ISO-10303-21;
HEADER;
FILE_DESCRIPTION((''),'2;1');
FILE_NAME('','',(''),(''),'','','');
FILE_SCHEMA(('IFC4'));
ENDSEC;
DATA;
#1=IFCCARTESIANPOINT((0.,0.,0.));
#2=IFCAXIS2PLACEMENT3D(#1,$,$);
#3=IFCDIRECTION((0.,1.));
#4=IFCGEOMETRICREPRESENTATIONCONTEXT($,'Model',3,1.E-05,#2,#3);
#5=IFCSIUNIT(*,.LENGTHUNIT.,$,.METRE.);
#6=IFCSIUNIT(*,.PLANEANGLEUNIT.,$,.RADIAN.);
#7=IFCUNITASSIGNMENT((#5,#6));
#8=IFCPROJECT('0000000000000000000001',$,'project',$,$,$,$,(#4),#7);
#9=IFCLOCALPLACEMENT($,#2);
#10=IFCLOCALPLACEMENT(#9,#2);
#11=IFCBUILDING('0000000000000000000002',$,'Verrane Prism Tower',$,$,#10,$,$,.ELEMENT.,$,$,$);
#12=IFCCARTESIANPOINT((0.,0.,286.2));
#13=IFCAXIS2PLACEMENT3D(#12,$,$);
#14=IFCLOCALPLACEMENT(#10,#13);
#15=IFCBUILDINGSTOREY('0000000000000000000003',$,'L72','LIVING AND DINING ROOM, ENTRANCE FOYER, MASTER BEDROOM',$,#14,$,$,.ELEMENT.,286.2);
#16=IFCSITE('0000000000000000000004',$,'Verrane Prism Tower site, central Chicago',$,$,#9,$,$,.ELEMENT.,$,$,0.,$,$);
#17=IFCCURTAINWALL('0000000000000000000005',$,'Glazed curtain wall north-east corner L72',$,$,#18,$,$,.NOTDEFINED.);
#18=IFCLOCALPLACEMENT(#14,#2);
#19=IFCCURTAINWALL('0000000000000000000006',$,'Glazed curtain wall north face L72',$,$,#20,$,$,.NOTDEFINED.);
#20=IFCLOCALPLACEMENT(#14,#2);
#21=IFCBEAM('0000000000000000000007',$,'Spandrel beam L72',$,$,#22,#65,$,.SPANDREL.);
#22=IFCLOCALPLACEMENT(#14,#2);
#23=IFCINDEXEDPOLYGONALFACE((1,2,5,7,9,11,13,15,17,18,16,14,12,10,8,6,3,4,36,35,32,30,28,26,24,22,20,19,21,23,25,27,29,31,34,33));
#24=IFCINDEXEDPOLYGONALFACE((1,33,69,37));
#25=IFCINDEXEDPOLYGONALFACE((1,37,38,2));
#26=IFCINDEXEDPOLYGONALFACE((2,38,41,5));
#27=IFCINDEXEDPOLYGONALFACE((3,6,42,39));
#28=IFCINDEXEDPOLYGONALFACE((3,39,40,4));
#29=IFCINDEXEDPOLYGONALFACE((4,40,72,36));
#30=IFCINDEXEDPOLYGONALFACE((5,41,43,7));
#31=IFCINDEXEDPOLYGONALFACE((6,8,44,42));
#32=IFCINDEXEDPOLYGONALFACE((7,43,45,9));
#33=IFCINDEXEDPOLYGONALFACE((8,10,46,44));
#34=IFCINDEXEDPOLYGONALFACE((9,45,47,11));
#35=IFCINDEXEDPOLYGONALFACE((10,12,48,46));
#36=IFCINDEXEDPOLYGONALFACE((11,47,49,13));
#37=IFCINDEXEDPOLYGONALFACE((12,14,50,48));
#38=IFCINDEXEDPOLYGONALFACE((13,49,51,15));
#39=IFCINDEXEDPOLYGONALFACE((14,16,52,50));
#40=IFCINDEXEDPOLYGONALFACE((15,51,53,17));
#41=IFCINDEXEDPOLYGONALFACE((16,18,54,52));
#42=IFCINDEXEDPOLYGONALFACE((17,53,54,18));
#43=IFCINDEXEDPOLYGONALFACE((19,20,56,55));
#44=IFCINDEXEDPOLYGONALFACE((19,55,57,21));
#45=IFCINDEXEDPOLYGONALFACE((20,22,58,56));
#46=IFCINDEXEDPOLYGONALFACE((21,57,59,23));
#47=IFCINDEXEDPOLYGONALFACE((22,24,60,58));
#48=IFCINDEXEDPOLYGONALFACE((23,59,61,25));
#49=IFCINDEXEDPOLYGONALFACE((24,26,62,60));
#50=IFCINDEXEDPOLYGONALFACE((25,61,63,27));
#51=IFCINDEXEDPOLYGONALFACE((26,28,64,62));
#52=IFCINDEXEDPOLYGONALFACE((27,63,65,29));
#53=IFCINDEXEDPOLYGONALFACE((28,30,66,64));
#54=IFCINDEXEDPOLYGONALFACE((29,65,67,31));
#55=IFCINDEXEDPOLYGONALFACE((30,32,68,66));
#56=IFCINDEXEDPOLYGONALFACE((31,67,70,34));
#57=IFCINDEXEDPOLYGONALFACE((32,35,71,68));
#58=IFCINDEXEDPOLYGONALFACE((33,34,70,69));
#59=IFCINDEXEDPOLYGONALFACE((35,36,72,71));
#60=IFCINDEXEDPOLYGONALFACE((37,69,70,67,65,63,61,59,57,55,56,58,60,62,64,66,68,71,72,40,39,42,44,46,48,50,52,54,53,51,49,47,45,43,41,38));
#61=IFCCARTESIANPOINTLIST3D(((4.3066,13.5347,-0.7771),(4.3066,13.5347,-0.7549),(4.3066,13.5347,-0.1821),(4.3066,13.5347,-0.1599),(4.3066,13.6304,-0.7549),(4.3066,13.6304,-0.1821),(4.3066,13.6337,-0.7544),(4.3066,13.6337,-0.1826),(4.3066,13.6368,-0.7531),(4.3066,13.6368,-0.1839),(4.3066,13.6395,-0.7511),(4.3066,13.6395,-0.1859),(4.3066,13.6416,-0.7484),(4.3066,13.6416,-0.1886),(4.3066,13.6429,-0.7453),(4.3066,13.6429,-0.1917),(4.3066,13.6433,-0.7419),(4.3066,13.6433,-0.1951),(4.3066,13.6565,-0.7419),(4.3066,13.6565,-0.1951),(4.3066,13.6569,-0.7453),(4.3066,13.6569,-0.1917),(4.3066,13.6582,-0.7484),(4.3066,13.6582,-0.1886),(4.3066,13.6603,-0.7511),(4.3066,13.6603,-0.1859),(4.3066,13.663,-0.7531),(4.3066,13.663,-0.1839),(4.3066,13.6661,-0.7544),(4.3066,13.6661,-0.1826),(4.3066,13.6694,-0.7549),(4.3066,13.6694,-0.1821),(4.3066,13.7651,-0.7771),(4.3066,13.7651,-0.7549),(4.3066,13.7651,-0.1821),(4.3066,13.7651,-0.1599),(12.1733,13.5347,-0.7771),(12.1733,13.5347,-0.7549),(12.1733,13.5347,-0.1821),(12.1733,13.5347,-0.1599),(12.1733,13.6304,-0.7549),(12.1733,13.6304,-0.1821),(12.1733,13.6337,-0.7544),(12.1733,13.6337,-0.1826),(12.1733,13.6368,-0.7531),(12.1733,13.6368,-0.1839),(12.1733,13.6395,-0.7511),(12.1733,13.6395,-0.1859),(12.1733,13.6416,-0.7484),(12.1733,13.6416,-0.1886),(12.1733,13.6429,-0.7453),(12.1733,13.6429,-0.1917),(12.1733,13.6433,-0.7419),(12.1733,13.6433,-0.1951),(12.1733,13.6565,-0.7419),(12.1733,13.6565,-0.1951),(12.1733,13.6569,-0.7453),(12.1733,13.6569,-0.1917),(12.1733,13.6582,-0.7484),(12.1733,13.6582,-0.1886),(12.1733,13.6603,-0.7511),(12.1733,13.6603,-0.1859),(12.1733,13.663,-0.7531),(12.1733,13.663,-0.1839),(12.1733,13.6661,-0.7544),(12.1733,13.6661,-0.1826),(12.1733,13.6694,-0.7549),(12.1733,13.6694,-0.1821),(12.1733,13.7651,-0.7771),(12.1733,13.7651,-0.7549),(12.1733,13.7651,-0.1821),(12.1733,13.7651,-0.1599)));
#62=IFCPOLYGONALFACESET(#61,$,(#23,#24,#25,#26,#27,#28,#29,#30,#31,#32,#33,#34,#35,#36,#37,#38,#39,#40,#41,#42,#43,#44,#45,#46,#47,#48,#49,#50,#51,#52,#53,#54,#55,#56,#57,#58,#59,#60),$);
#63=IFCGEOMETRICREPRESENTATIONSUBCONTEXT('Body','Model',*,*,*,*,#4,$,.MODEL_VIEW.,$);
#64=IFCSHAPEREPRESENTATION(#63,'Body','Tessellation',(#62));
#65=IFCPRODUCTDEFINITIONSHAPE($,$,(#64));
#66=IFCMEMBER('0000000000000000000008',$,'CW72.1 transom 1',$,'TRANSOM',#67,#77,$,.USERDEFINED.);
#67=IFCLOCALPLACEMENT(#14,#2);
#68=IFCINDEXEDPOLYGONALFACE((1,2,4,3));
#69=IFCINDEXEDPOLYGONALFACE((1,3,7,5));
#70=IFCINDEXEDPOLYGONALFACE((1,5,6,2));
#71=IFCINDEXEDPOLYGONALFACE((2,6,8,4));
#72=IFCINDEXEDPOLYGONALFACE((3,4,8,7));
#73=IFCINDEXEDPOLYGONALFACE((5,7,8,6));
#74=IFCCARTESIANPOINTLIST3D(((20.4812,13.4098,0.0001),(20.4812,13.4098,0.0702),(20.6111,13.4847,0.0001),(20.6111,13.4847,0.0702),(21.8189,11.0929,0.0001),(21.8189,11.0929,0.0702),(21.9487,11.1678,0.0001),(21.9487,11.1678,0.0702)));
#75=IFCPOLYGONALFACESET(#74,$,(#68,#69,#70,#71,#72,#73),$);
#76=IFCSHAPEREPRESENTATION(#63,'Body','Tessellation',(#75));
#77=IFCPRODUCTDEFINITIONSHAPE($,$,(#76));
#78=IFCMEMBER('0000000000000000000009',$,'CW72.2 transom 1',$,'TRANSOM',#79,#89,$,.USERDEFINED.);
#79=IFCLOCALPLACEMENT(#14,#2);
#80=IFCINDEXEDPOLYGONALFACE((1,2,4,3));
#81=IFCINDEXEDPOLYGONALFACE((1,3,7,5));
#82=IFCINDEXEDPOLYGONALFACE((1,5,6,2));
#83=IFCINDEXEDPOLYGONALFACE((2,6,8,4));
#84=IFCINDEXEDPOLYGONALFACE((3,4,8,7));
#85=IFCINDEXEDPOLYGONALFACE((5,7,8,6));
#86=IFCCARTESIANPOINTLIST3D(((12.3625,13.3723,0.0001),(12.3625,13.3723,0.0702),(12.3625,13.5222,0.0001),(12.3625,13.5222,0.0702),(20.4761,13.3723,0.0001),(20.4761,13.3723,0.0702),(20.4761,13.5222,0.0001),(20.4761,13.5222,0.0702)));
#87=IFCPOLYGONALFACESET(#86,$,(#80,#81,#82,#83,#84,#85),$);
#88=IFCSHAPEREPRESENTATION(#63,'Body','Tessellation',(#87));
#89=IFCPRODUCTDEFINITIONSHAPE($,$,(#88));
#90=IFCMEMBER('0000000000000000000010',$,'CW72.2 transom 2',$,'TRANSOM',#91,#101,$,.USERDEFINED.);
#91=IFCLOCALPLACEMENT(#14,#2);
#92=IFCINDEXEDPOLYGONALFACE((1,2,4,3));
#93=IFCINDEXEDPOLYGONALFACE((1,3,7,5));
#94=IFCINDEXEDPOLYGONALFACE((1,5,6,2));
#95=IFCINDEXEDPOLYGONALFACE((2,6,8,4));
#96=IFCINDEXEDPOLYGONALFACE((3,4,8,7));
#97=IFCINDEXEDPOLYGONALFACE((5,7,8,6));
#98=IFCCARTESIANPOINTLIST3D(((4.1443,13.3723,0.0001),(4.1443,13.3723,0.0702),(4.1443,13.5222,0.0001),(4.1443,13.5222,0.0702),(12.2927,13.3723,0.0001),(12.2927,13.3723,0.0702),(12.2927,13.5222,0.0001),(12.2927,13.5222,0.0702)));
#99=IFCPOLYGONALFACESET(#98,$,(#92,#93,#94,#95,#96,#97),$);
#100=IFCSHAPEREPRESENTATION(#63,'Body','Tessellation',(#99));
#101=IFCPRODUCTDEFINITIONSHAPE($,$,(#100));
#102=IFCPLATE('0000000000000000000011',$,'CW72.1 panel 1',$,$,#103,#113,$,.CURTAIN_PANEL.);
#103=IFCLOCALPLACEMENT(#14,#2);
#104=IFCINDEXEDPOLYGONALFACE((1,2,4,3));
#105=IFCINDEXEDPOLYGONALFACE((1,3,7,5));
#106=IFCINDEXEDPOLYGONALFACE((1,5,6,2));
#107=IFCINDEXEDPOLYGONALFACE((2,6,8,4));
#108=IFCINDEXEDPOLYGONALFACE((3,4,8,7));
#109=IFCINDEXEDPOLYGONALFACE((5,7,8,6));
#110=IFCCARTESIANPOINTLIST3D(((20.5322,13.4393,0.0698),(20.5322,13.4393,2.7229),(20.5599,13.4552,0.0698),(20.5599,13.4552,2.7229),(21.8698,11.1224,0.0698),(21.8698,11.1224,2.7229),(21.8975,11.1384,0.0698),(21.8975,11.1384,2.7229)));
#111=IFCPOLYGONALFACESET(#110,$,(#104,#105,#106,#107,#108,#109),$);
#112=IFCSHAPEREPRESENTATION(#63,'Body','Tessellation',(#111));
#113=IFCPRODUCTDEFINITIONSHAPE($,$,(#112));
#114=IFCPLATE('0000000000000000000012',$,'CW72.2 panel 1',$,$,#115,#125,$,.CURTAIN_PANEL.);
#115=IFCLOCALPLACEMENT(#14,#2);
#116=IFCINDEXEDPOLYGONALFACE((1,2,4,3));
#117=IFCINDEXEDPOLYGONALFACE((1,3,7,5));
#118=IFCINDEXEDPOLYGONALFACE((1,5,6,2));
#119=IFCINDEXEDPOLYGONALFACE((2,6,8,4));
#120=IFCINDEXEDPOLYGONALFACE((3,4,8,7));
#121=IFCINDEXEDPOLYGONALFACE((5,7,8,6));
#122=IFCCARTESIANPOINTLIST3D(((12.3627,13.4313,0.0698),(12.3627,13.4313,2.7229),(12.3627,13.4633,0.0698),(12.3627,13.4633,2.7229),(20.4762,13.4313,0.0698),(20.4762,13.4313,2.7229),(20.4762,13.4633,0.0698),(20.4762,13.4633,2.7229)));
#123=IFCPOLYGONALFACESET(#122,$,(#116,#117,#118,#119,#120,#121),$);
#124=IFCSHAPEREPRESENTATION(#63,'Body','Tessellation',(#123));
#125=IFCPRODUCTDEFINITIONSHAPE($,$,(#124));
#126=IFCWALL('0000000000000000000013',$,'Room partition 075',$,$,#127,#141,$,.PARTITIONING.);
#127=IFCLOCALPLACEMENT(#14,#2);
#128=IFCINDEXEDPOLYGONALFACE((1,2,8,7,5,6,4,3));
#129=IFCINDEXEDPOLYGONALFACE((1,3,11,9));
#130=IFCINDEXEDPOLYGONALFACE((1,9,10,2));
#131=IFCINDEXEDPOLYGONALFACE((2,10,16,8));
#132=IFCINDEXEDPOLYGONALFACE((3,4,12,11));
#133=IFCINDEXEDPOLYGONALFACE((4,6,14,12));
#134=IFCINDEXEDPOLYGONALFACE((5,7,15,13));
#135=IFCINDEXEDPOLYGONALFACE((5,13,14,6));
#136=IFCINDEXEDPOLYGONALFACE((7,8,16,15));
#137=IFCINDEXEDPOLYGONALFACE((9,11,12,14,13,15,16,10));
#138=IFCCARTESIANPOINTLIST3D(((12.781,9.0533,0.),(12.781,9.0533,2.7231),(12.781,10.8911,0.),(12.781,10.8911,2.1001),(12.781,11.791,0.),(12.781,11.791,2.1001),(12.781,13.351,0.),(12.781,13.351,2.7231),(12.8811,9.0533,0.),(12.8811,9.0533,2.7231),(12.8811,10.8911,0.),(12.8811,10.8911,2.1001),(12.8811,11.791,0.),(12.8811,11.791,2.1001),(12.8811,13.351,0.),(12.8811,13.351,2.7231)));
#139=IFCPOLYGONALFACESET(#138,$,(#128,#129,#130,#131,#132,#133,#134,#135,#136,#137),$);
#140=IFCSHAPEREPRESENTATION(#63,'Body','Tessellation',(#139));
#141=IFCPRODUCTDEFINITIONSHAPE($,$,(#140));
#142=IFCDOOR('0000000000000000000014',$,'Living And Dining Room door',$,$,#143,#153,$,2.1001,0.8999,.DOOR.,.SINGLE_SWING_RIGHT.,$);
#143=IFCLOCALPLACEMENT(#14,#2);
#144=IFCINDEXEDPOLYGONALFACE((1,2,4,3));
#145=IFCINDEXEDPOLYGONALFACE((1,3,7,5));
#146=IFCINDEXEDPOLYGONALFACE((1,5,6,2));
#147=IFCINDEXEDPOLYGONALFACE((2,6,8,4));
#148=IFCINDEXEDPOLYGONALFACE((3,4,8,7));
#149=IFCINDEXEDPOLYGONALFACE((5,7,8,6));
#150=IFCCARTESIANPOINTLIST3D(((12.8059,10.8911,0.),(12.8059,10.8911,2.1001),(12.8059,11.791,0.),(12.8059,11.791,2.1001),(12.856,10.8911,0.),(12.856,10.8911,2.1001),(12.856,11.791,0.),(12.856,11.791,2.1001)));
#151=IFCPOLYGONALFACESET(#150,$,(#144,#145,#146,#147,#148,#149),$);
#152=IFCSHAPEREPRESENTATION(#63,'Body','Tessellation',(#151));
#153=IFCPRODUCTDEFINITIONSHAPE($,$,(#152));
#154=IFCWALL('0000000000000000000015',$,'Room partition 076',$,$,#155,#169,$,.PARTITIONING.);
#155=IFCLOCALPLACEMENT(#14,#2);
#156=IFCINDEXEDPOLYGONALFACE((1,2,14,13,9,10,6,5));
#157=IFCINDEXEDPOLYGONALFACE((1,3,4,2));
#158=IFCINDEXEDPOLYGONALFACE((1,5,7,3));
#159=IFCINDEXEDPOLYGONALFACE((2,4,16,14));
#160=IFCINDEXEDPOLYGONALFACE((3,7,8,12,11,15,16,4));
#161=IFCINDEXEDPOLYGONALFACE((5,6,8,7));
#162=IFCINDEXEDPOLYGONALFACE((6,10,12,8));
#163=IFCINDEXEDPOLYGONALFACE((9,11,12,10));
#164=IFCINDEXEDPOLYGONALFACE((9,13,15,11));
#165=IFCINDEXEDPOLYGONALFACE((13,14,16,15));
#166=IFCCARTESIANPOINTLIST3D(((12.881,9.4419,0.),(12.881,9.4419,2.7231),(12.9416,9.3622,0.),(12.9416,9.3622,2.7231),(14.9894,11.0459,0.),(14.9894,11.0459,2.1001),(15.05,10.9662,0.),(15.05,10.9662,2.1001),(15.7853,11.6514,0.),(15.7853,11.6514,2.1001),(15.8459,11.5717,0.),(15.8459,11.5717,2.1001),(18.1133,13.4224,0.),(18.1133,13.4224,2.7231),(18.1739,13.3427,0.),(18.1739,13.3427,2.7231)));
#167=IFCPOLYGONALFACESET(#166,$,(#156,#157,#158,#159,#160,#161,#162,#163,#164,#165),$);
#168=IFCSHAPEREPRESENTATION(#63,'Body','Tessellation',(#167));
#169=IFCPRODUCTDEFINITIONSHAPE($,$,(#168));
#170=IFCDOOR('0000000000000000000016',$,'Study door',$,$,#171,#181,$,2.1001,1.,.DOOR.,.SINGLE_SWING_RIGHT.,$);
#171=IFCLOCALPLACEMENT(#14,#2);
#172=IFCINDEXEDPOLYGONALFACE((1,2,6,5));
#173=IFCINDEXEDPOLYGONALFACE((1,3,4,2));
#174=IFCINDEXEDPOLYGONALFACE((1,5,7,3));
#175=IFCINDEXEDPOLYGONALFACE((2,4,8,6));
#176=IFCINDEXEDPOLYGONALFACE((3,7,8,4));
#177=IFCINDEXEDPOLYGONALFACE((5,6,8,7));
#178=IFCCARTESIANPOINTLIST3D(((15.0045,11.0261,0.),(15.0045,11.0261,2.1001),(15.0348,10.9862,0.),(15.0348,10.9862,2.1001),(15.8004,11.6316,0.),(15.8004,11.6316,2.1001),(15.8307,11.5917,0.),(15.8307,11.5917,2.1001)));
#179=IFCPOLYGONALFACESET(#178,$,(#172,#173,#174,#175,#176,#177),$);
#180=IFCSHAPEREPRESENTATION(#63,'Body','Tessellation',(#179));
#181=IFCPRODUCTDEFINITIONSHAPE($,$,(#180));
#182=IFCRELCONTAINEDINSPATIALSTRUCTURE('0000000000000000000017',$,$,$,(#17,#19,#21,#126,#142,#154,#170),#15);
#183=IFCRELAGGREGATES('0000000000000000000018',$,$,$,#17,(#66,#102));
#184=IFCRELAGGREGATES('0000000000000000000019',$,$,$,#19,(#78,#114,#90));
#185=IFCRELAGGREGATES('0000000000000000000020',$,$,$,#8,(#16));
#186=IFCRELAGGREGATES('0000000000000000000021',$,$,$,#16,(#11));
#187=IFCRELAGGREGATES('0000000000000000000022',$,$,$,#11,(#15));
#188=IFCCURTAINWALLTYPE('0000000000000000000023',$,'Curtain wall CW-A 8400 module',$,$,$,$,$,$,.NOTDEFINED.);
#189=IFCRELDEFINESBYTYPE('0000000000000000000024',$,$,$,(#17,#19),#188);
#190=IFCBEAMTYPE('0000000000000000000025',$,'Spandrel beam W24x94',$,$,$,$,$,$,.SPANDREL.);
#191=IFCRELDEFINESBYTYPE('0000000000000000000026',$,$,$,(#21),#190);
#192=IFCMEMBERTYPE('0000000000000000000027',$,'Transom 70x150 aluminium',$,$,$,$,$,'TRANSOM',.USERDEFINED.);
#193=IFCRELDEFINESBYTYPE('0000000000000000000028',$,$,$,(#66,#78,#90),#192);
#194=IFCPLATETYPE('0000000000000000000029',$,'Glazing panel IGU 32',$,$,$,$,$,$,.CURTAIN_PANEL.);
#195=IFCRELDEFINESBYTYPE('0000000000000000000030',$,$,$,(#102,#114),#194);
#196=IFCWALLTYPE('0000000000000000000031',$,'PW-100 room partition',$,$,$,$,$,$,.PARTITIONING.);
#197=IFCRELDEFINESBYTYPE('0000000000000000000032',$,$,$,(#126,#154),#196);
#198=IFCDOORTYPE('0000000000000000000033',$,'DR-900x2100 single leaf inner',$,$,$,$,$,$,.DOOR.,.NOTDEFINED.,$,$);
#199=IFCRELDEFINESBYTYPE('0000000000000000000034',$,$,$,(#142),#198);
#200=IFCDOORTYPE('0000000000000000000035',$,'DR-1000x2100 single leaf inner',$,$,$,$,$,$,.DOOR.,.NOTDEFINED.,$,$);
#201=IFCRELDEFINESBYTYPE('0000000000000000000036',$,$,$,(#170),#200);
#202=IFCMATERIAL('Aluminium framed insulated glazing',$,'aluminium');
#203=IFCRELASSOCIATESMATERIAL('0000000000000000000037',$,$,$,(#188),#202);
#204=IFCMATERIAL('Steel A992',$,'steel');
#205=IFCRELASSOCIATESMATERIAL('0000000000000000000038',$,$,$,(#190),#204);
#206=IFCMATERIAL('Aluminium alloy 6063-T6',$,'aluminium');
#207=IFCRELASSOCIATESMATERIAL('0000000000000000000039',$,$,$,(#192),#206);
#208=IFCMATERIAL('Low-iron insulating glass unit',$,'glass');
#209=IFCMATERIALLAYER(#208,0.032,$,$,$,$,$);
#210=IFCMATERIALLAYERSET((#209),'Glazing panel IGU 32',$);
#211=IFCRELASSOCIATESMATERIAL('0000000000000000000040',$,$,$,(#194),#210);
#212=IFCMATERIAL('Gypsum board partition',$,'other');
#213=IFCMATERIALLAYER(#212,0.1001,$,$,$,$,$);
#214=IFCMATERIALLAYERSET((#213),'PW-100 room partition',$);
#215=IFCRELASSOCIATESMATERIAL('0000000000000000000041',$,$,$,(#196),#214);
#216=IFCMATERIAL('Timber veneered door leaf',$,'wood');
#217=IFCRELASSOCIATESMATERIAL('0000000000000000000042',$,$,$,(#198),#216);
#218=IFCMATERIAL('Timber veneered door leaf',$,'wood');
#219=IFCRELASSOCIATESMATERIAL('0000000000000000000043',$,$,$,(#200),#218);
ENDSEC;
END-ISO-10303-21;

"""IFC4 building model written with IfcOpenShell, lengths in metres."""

from ifc_helpers import new_model, si_unit, direction, frame, frame_2d, origin, origin_2d, place, context, subcontext, project, spatial, rectangle, i_section, extrude, material, layer, layer_set, material_profile, profile_set, type_object, element, fill, aggregate, save


model = new_model("IFC4")

# Units and contexts
model_context = context("Model", 3, precision=1e-05, world=origin(), true_north=direction((0.0, 1.0)))
body_context = subcontext(model_context, "Body", "Model", "MODEL_VIEW")
ifc_project = project(units=[si_unit("LENGTHUNIT", "METRE"), si_unit("PLANEANGLEUNIT", "RADIAN")], contexts=[model_context])

# Site, building, storey
site_placement = place(None, origin())
site = spatial("IfcSite", under=ifc_project, at=site_placement, Name="Verrane Prism Tower site, central Chicago", CompositionType="ELEMENT", RefElevation=0.0)
building_placement = place(site_placement, origin())
building = spatial("IfcBuilding", under=site, at=building_placement, Name="Verrane Prism Tower", CompositionType="ELEMENT")
storey_placement = place(building_placement, frame((0.0, 0.0, 286.2)))
storey = spatial("IfcBuildingStorey", under=building, at=storey_placement, Name="L72", Description="LIVING AND DINING ROOM, ENTRANCE FOYER, MASTER BEDROOM", CompositionType="ELEMENT", Elevation=286.2)

# Curtain wall
ifc_material_1 = material(Name="Aluminium framed insulated glazing", Category="aluminium")
curtain_wall_type = type_object("IfcCurtainWallType", Name="Curtain wall CW-A 8400 module", PredefinedType="NOTDEFINED", material=ifc_material_1)
curtain_wall_1_placement = place(storey_placement, origin())
curtain_wall_1 = element("IfcCurtainWall", 1, at=curtain_wall_1_placement, inside=storey, type_object=curtain_wall_type, Name="Glazed curtain wall north-east corner L72", PredefinedType="NOTDEFINED")

# Curtain wall
curtain_wall_2_placement = place(storey_placement, origin())
curtain_wall_2 = element("IfcCurtainWall", 2, at=curtain_wall_2_placement, inside=storey, type_object=curtain_wall_type, Name="Glazed curtain wall north face L72", PredefinedType="NOTDEFINED")

# Beam
ifc_material_2 = material(Name="Steel A992", Category="steel")
ifc_material_profile_1 = material_profile(ifc_material_2, i_section(OverallWidth=0.2305, OverallDepth=0.6172, WebThickness=0.0132, FlangeThickness=0.0222, FilletRadius=0.0129, at=origin_2d()), Name="W24x94")
ifc_profile_set_1 = profile_set([ifc_material_profile_1], Name="Steel A992")
beam_type_1 = type_object("IfcBeamType", Name="Spandrel beam W24x94", PredefinedType="SPANDREL", material=ifc_profile_set_1)
beam_1_placement = place(storey_placement, frame((12.1733, 13.6499, -0.4685), z_axis=(-1.0, 0.0, 0.0), x_axis=(0.0, -1.0, 0.0)))
element("IfcBeam", 3, at=beam_1_placement, inside=storey, type_object=beam_type_1, Name="Spandrel beam L72", PredefinedType="SPANDREL", context=body_context, shape_type="SweptSolid", body=[
    extrude(i_section(OverallWidth=0.2305, OverallDepth=0.6172, WebThickness=0.0132, FlangeThickness=0.0222, FilletRadius=0.0129, at=origin_2d()), origin(), (0.0, 0.0, 1.0), 7.8667),
])

# Members
ifc_material_3 = material(Name="Aluminium alloy 6063-T6", Category="aluminium")
ifc_material_profile_2 = material_profile(ifc_material_3, rectangle(XDim=0.1499, YDim=0.0701, at=origin_2d()), Name="Transom 70x150 aluminium")
ifc_profile_set_2 = profile_set([ifc_material_profile_2], Name="Aluminium alloy 6063-T6")
member_type_1 = type_object("IfcMemberType", Name="Transom 70x150 aluminium", ElementType="TRANSOM", PredefinedType="USERDEFINED", material=ifc_profile_set_2)
member_1_placement = place(storey_placement, frame((21.8838, 11.1304, 0.0352), z_axis=(-0.499996, 0.866028, 0.0), x_axis=(-0.866028, -0.499996, 0.0)))
member_1 = element("IfcMember", 4, at=member_1_placement, type_object=member_type_1, Name="CW72.1 transom 1", ObjectType="TRANSOM", PredefinedType="USERDEFINED", context=body_context, shape_type="SweptSolid", body=[
    extrude(rectangle(XDim=0.1499, YDim=0.0701, at=origin_2d()), origin(), (0.0, 0.0, 1.0), 2.6753),
])
member_2_placement = place(storey_placement, frame((20.4761, 13.4473, 0.0352), z_axis=(-1.0, 0.0, 0.0), x_axis=(0.0, -1.0, 0.0)))
member_2 = element("IfcMember", 5, at=member_2_placement, type_object=member_type_1, Name="CW72.2 transom 1", ObjectType="TRANSOM", PredefinedType="USERDEFINED", context=body_context, shape_type="SweptSolid", body=[
    extrude(rectangle(XDim=0.1499, YDim=0.0701, at=origin_2d()), origin(), (0.0, 0.0, 1.0), 8.1135),
])
member_3_placement = place(storey_placement, frame((12.2927, 13.4473, 0.0352), z_axis=(-1.0, 0.0, 0.0), x_axis=(0.0, -1.0, 0.0)))
member_3 = element("IfcMember", 6, at=member_3_placement, type_object=member_type_1, Name="CW72.2 transom 2", ObjectType="TRANSOM", PredefinedType="USERDEFINED", context=body_context, shape_type="SweptSolid", body=[
    extrude(rectangle(XDim=0.1499, YDim=0.0701, at=origin_2d()), origin(), (0.0, 0.0, 1.0), 8.1484),
])

# Plates
ifc_material_4 = material(Name="Low-iron insulating glass unit", Category="glass")
ifc_layer_1 = layer(ifc_material_4, 0.032)
ifc_layer_set_1 = layer_set([ifc_layer_1], Name="Glazing panel IGU 32")
plate_type = type_object("IfcPlateType", Name="Glazing panel IGU 32", PredefinedType="CURTAIN_PANEL", material=ifc_layer_set_1)
plate_1_placement = place(storey_placement, frame((21.2148, 12.2888, 0.0698), z_axis=(0.0, 0.0, 1.0), x_axis=(-0.500002, 0.866024, 0.0)))
plate_1 = element("IfcPlate", 7, at=plate_1_placement, type_object=plate_type, Name="CW72.1 panel 1", PredefinedType="CURTAIN_PANEL", context=body_context, shape_type="SweptSolid", body=[
    extrude(rectangle(XDim=2.6753, YDim=0.032, at=origin_2d()), origin(), (0.0, 0.0, 1.0), 2.6531),
])
aggregate(curtain_wall_1, [member_1, plate_1])
plate_2_placement = place(storey_placement, frame((16.4194, 13.4473, 0.0698), z_axis=(0.0, 0.0, 1.0), x_axis=(-1.0, 0.0, 0.0)))
plate_2 = element("IfcPlate", 8, at=plate_2_placement, type_object=plate_type, Name="CW72.2 panel 1", PredefinedType="CURTAIN_PANEL", context=body_context, shape_type="SweptSolid", body=[
    extrude(rectangle(XDim=8.1135, YDim=0.032, at=origin_2d()), origin(), (0.0, 0.0, 1.0), 2.6531),
])
aggregate(curtain_wall_2, [member_2, plate_2, member_3])

# Walls, openings, doors
ifc_material_5 = material(Name="Gypsum board partition", Category="other")
ifc_layer_2 = layer(ifc_material_5, 0.1001)
ifc_layer_set_2 = layer_set([ifc_layer_2], Name="PW-100 room partition")
wall_type_1 = type_object("IfcWallType", Name="PW-100 room partition", PredefinedType="PARTITIONING", material=ifc_layer_set_2)
wall_1_placement = place(storey_placement, frame((12.8311, 13.3511, 0.0), z_axis=(0.0, 0.0, 1.0), x_axis=(0.0, -1.0, 0.0)))
wall_1 = element("IfcWall", 9, at=wall_1_placement, inside=storey, type_object=wall_type_1, Name="Room partition 075", PredefinedType="PARTITIONING", context=body_context, shape_type="SweptSolid", body=[
    extrude(rectangle(XDim=4.2976, YDim=0.1001, at=frame_2d((2.1489, 0.0))), origin(), (0.0, 0.0, 1.0), 2.7231),
])
opening_1_placement = place(wall_1_placement, frame((1.5601, 0.0, 0.0)))
opening_1 = element("IfcOpeningElement", 10, at=opening_1_placement, cuts=wall_1, PredefinedType="OPENING", context=body_context, shape_type="SweptSolid", body=[
    extrude(rectangle(XDim=0.8999, YDim=2.1001, at=frame_2d((0.45, 1.05))), frame((0.0, 0.0601, 0.0), z_axis=(0.0, -1.0, 0.0), x_axis=(1.0, 0.0, 0.0)), (0.0, 0.0, 1.0), 0.1201),
])
ifc_material_6 = material(Name="Timber veneered door leaf", Category="wood")
door_type_1 = type_object("IfcDoorType", Name="DR-900x2100 single leaf inner", OperationType="NOTDEFINED", PredefinedType="DOOR", material=ifc_material_6)
door_1_placement = place(opening_1_placement, origin())
door_1 = element("IfcDoor", 11, at=door_1_placement, inside=storey, type_object=door_type_1, Name="Living And Dining Room door", OperationType="SINGLE_SWING_RIGHT", OverallHeight=2.1001, OverallWidth=0.8999, PredefinedType="DOOR", context=body_context, shape_type="SweptSolid", body=[
    extrude(rectangle(XDim=0.8999, YDim=2.1001, at=frame_2d((0.45, 1.05))), frame((0.0, 0.0249, 0.0), z_axis=(0.0, -1.0, 0.0), x_axis=(1.0, 0.0, 0.0)), (0.0, 0.0, 1.0), 0.05),
])
fill(opening_1, door_1)
wall_2_placement = place(storey_placement, frame((18.1436, 13.3826, 0.0), z_axis=(0.0, 0.0, 1.0), x_axis=(-0.795868, -0.60547, 0.0)))
wall_2 = element("IfcWall", 12, at=wall_2_placement, inside=storey, type_object=wall_type_1, Name="Room partition 076", PredefinedType="PARTITIONING", context=body_context, shape_type="SweptSolid", body=[
    extrude(rectangle(XDim=6.5742, YDim=0.1001, at=frame_2d((3.2871, 0.0))), origin(), (0.0, 0.0, 1.0), 2.7231),
])
opening_2_placement = place(wall_2_placement, frame((2.925, 0.0, 0.0)))
opening_2 = element("IfcOpeningElement", 13, at=opening_2_placement, cuts=wall_2, PredefinedType="OPENING", context=body_context, shape_type="SweptSolid", body=[
    extrude(rectangle(XDim=1.0, YDim=2.1001, at=frame_2d((0.5, 1.05))), frame((0.0, 0.0601, 0.0), z_axis=(0.0, -1.0, 0.0), x_axis=(1.0, 0.0, 0.0)), (0.0, 0.0, 1.0), 0.1201),
])
ifc_material_7 = material(Name="Timber veneered door leaf", Category="wood")
door_type_2 = type_object("IfcDoorType", Name="DR-1000x2100 single leaf inner", OperationType="NOTDEFINED", PredefinedType="DOOR", material=ifc_material_7)
door_2_placement = place(opening_2_placement, origin())
door_2 = element("IfcDoor", 14, at=door_2_placement, inside=storey, type_object=door_type_2, Name="Study door", OperationType="SINGLE_SWING_RIGHT", OverallHeight=2.1001, OverallWidth=1.0, PredefinedType="DOOR", context=body_context, shape_type="SweptSolid", body=[
    extrude(rectangle(XDim=1.0, YDim=2.1001, at=frame_2d((0.5, 1.05))), frame((0.0, 0.0249, 0.0), z_axis=(0.0, -1.0, 0.0), x_axis=(1.0, 0.0, 0.0)), (0.0, 0.0, 1.0), 0.05),
])
fill(opening_2, door_2)

save(model, "model.ifc")
